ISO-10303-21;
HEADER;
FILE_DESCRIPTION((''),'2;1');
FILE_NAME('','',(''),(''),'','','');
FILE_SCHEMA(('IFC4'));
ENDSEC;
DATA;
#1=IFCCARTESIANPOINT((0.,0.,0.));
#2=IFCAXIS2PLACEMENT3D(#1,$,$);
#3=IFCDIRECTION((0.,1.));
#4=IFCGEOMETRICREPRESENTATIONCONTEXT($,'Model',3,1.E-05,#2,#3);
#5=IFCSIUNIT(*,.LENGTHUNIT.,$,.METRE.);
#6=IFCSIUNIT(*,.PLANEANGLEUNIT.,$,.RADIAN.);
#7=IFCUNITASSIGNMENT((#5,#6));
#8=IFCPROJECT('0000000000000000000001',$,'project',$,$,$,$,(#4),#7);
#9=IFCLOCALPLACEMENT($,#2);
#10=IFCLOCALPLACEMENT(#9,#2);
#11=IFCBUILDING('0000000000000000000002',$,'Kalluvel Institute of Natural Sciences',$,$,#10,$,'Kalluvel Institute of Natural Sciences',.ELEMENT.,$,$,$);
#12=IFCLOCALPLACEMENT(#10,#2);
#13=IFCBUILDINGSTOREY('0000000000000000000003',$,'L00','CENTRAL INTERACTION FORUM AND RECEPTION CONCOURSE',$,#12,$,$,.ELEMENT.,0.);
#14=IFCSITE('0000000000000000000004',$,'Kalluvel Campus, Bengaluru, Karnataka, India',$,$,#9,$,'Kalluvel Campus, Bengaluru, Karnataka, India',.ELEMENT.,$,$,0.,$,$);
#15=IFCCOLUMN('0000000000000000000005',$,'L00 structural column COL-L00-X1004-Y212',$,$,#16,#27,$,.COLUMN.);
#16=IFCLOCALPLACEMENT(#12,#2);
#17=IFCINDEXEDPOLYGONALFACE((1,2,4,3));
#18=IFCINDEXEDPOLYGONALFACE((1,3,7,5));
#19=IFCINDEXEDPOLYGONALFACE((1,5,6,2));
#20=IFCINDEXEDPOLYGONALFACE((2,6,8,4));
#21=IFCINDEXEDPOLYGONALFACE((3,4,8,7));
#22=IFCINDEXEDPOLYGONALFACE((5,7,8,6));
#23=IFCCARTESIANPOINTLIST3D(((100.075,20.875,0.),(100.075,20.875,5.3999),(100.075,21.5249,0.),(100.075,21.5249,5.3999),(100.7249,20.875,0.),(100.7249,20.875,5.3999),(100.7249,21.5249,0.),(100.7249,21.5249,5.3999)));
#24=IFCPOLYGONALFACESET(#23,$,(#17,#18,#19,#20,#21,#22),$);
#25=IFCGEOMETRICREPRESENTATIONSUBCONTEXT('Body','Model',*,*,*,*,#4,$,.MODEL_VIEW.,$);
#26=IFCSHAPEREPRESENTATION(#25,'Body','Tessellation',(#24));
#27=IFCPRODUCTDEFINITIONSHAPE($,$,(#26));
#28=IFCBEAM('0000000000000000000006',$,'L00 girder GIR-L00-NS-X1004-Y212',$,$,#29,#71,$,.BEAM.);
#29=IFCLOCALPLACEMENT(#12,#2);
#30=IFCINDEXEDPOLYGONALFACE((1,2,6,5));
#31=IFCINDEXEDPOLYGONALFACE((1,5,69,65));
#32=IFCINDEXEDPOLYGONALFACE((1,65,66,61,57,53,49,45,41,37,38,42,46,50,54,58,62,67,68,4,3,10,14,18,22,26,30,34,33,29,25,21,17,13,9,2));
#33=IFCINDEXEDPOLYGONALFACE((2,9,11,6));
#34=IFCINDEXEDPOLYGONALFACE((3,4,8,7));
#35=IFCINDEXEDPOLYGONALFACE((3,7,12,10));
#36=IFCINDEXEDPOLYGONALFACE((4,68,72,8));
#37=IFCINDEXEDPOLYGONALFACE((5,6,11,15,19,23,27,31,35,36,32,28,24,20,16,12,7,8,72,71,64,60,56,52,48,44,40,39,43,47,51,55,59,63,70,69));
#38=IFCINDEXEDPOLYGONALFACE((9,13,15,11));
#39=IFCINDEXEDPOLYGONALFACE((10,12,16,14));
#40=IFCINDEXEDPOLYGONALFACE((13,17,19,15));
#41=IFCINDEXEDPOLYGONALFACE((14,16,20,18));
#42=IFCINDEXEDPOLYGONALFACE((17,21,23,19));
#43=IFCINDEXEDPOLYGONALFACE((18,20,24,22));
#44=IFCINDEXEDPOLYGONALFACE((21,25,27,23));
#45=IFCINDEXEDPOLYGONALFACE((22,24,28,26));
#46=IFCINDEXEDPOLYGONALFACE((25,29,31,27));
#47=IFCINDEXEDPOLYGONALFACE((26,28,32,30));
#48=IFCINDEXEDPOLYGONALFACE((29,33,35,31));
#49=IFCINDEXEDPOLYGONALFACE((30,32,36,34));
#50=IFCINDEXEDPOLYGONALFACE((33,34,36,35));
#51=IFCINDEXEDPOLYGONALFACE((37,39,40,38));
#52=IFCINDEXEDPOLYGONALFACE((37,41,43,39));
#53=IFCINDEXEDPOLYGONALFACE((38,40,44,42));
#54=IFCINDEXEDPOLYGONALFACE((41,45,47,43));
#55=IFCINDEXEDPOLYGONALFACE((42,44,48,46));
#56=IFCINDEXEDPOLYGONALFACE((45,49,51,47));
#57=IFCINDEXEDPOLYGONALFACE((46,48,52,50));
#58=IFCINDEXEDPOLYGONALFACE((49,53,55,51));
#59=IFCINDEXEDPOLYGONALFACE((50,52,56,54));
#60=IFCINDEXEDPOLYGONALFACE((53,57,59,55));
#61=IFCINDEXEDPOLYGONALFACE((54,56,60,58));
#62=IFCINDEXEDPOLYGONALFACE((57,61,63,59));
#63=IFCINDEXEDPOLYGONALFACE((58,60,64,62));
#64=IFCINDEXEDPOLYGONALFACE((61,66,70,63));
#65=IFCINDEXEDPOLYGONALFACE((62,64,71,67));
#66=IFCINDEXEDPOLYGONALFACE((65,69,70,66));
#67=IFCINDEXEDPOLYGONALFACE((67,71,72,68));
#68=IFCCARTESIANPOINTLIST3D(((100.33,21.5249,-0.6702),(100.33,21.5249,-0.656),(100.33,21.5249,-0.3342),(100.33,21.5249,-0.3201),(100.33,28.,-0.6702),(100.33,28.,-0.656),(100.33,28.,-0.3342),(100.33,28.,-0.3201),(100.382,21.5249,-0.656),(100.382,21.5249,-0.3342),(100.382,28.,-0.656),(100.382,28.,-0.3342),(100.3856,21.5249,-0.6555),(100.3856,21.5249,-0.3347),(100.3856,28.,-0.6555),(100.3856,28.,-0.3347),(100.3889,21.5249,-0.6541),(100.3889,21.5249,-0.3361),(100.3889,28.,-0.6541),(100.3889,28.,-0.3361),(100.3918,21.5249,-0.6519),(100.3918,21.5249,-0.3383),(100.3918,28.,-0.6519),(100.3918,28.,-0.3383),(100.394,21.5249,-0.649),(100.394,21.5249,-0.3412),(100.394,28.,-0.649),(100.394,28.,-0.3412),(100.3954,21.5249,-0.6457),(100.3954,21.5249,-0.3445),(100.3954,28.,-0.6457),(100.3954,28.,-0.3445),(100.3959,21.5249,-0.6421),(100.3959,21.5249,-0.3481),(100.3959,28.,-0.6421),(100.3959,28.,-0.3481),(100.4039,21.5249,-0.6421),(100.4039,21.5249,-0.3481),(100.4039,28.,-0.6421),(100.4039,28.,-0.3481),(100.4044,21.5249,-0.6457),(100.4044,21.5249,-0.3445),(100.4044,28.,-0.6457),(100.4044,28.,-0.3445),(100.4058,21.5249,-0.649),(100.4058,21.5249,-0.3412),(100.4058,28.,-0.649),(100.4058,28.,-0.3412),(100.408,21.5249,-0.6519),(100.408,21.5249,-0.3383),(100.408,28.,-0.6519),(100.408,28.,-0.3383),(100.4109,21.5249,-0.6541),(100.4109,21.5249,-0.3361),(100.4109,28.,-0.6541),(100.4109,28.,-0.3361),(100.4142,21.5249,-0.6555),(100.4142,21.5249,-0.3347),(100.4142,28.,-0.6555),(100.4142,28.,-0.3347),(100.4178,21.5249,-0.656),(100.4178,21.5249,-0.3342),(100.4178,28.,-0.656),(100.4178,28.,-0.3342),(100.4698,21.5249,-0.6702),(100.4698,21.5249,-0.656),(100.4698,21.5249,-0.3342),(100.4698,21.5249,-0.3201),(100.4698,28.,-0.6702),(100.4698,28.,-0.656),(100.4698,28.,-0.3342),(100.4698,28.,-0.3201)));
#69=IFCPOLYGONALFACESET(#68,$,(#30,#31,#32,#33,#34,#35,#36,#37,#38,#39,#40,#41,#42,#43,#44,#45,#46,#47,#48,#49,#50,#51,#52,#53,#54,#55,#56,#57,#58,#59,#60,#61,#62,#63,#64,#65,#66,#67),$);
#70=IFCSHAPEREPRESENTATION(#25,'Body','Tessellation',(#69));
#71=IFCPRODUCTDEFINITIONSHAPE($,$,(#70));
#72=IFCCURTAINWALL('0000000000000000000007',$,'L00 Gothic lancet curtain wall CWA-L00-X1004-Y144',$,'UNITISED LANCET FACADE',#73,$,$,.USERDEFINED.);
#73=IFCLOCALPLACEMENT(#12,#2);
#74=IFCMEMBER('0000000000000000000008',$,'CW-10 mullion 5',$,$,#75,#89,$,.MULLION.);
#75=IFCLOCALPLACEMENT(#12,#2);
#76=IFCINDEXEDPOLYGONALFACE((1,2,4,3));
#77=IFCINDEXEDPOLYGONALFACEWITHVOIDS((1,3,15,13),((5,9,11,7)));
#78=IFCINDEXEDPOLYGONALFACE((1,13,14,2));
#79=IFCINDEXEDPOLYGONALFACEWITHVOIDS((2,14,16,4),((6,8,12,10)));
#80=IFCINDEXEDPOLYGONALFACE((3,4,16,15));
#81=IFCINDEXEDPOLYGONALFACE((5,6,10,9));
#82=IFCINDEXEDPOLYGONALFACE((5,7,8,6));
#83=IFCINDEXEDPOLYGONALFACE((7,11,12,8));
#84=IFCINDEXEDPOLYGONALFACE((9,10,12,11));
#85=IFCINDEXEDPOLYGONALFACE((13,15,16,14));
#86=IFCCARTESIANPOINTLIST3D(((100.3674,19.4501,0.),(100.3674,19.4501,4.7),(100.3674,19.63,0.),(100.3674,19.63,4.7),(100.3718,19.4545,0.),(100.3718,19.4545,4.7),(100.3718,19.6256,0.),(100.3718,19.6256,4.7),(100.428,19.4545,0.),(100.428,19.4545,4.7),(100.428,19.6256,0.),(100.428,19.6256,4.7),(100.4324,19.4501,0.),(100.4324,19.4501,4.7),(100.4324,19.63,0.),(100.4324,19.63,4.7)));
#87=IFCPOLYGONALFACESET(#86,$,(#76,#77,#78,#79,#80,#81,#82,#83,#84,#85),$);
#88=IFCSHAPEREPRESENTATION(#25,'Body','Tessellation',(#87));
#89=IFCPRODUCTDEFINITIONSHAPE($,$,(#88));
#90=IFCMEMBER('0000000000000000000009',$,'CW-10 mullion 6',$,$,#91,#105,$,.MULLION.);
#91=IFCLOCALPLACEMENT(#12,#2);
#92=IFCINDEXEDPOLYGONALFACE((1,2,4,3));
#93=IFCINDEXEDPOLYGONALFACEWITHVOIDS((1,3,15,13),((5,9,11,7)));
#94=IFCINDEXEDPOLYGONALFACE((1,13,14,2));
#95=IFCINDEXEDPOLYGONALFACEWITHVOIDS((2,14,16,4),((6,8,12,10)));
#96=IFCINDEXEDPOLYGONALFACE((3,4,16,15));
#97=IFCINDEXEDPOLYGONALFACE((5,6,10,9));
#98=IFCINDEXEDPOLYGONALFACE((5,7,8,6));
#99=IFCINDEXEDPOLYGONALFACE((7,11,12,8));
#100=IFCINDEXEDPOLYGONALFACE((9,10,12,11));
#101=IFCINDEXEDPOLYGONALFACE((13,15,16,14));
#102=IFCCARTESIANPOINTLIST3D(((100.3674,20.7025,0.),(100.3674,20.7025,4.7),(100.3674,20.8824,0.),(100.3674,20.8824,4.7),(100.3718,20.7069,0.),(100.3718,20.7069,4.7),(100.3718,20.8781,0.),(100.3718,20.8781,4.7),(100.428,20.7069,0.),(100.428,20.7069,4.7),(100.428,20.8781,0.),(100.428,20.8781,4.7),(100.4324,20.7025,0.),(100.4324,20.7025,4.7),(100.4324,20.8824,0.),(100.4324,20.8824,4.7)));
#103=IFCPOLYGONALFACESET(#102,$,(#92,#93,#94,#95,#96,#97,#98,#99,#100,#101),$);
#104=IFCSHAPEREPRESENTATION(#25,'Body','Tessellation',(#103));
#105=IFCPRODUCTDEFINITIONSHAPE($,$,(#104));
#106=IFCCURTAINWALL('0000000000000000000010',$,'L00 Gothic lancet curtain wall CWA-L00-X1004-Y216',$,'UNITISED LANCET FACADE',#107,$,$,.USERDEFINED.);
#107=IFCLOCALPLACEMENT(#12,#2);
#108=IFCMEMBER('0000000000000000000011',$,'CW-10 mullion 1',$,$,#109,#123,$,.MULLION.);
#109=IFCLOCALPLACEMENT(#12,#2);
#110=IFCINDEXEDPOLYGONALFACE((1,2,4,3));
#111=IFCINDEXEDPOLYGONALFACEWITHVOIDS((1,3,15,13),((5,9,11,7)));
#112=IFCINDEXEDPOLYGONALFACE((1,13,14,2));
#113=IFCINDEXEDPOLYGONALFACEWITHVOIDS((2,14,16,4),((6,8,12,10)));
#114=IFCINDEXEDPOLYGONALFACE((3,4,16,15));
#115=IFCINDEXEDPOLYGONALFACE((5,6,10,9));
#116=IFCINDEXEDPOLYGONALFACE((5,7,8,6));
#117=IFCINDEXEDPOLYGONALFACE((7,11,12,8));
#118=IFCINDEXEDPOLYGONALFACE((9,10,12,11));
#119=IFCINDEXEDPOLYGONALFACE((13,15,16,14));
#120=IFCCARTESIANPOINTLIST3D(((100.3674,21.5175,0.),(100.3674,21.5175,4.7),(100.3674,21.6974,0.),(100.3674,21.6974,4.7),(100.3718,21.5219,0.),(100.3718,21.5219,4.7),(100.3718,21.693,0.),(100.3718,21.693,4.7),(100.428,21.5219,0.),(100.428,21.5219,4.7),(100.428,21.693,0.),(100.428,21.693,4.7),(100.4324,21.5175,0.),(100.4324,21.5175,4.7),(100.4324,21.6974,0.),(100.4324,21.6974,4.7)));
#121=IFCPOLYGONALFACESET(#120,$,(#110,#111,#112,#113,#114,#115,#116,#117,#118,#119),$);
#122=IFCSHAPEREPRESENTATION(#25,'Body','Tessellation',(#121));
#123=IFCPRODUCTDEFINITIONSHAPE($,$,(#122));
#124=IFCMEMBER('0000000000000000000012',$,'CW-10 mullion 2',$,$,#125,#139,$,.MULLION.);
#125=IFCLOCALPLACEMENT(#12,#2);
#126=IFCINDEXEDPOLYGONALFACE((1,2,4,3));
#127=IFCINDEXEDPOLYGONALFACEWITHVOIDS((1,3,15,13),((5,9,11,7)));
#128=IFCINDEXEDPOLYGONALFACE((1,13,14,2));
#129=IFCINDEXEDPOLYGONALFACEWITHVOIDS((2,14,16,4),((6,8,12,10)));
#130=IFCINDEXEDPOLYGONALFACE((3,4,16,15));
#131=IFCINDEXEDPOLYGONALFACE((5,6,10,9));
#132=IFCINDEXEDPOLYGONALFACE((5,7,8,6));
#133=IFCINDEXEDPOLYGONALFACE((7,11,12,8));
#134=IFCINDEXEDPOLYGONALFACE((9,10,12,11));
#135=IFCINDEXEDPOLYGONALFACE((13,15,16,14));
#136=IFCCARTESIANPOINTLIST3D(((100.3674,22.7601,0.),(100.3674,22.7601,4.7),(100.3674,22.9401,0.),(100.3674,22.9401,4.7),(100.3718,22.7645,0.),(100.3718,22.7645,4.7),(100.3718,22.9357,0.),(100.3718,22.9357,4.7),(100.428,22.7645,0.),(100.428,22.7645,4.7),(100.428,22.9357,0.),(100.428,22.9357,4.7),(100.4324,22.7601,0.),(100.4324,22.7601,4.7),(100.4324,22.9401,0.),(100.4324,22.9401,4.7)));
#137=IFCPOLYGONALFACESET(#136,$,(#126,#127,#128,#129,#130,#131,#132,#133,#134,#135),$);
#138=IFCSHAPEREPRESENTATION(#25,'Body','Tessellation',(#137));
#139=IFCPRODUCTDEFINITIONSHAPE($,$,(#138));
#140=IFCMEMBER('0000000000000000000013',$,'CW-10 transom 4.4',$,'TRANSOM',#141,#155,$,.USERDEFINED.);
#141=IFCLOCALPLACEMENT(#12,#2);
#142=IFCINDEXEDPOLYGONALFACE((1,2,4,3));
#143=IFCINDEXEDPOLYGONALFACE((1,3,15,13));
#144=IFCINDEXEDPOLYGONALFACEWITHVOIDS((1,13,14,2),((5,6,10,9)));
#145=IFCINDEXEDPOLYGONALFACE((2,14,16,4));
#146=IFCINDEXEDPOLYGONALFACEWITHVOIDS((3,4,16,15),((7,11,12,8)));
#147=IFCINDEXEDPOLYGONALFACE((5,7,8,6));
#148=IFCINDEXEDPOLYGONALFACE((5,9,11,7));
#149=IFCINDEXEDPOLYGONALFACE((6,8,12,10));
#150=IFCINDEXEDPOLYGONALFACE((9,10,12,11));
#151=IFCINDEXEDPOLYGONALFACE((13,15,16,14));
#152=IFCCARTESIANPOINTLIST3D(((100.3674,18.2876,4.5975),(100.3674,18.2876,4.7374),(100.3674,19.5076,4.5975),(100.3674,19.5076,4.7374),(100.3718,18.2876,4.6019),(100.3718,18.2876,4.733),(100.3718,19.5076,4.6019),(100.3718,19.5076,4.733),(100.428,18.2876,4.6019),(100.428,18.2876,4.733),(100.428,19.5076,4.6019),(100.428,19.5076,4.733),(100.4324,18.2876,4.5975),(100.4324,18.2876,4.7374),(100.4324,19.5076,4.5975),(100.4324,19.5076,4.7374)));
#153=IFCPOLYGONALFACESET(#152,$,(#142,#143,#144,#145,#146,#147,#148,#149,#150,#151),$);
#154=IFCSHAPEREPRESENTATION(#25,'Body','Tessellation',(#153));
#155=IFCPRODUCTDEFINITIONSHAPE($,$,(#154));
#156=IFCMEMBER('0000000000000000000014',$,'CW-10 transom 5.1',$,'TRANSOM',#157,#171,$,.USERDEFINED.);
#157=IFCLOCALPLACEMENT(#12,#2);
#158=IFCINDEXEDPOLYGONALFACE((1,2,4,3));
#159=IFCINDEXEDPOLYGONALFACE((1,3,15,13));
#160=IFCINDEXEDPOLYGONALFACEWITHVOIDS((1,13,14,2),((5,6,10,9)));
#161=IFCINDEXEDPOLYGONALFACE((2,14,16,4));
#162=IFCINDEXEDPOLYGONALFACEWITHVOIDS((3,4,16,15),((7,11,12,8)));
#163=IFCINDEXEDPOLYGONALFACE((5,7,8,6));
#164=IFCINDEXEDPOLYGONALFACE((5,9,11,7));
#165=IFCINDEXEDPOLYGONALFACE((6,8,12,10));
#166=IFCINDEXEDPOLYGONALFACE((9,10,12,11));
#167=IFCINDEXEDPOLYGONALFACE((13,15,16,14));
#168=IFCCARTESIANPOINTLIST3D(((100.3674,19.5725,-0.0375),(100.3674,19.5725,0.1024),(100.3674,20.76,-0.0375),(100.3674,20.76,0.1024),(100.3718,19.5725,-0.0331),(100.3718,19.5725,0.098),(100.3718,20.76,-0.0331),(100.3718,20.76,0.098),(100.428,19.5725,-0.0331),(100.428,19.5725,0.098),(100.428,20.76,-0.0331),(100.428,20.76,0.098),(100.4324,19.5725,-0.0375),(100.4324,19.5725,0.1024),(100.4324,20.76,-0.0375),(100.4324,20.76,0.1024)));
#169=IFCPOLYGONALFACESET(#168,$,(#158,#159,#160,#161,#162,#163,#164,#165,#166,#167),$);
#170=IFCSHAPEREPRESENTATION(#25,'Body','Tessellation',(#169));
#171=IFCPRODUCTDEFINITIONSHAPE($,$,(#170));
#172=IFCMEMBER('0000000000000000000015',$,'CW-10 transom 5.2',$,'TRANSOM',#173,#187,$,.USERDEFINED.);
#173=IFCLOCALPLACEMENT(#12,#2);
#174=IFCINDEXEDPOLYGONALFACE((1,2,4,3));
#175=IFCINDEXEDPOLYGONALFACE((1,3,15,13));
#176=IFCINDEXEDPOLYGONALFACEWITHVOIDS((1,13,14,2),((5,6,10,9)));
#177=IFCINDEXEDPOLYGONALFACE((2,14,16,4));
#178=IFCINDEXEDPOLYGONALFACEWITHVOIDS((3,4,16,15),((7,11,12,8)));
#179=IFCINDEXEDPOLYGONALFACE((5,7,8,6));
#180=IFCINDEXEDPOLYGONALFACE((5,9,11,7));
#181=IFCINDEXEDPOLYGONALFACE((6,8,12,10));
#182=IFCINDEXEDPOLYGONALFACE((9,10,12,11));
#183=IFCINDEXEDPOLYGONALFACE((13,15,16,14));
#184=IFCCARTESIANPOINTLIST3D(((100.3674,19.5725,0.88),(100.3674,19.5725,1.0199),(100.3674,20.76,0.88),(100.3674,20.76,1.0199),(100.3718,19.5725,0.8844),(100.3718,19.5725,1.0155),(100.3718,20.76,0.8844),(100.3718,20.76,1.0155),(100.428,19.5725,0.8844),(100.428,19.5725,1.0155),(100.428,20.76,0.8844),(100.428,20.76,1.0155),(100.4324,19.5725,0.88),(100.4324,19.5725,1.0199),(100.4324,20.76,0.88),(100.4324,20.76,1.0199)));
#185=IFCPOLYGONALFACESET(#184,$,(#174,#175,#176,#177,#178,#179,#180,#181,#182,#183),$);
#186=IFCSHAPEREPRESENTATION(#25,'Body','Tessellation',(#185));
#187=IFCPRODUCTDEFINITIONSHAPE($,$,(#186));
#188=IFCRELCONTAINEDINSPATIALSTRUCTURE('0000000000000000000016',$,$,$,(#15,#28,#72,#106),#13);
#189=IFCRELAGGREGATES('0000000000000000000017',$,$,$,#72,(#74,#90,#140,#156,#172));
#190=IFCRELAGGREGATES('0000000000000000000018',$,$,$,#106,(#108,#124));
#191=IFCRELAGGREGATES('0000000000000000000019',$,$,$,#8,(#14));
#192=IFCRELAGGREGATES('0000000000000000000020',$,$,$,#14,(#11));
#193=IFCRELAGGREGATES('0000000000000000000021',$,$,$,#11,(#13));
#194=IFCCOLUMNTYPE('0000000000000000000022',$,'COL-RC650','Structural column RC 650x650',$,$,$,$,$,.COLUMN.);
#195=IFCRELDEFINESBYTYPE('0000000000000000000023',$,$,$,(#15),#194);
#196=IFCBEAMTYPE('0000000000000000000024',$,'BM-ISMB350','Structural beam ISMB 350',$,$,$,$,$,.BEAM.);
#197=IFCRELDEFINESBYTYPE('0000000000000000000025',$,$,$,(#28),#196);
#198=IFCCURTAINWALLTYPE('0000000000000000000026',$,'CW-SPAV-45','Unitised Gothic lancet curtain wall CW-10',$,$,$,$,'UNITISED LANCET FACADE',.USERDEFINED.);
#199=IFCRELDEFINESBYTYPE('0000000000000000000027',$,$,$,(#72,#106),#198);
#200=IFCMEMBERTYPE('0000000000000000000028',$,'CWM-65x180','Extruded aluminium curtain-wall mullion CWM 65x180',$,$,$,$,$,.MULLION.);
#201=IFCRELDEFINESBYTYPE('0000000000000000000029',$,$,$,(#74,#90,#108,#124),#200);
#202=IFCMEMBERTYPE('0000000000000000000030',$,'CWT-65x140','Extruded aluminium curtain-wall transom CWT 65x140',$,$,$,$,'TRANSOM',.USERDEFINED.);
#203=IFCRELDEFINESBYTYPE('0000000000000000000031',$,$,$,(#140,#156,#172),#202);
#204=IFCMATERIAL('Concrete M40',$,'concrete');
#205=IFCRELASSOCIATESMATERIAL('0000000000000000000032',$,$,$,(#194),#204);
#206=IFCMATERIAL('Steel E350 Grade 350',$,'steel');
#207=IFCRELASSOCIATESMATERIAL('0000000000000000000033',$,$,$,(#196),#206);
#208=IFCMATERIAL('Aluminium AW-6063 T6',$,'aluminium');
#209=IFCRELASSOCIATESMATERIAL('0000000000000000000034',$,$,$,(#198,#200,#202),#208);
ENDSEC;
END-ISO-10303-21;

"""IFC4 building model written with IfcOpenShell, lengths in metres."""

from ifc_helpers import new_model, si_unit, direction, frame, origin, origin_2d, place, context, subcontext, project, spatial, rectangle, hollow_rectangle, i_section, extrude, material, material_profile, profile_set, type_object, element, aggregate, save


model = new_model("IFC4")

# Units and contexts
model_context = context("Model", 3, precision=1e-05, world=origin(), true_north=direction((0.0, 1.0)))
body_context = subcontext(model_context, "Body", "Model", "MODEL_VIEW")
ifc_project = project(units=[si_unit("LENGTHUNIT", "METRE"), si_unit("PLANEANGLEUNIT", "RADIAN")], contexts=[model_context])

# Site, building, storey
site_placement = place(None, origin())
site = spatial("IfcSite", under=ifc_project, at=site_placement, Name="Kalluvel Campus, Bengaluru, Karnataka, India", LongName="Kalluvel Campus, Bengaluru, Karnataka, India", CompositionType="ELEMENT", RefElevation=0.0)
building_placement = place(site_placement, origin())
building = spatial("IfcBuilding", under=site, at=building_placement, Name="Kalluvel Institute of Natural Sciences", LongName="Kalluvel Institute of Natural Sciences", CompositionType="ELEMENT")
storey_placement = place(building_placement, origin())
storey = spatial("IfcBuildingStorey", under=building, at=storey_placement, Name="L00", Description="CENTRAL INTERACTION FORUM AND RECEPTION CONCOURSE", CompositionType="ELEMENT", Elevation=0.0)

# Column
ifc_material_1 = material(Name="Concrete M40", Category="concrete")
ifc_material_profile_1 = material_profile(ifc_material_1, rectangle(XDim=0.6499, YDim=0.6499, at=origin_2d()), Name="RC 650x650")
ifc_profile_set_1 = profile_set([ifc_material_profile_1], Name="Concrete M40")
column_type = type_object("IfcColumnType", Name="COL-RC650", Description="Structural column RC 650x650", PredefinedType="COLUMN", material=ifc_profile_set_1)
column_placement = place(storey_placement, frame((100.3999, 21.2, 0.0), z_axis=(0.0, 0.0, 1.0), x_axis=(1.0, 0.0, 0.0)))
element("IfcColumn", 1, at=column_placement, inside=storey, type_object=column_type, Name="L00 structural column COL-L00-X1004-Y212", PredefinedType="COLUMN", context=body_context, shape_type="SweptSolid", body=[
    extrude(rectangle(XDim=0.6499, YDim=0.6499, at=origin_2d()), origin(), (0.0, 0.0, 1.0), 5.3999),
])

# Beam
ifc_material_2 = material(Name="Steel E350 Grade 350", Category="steel")
ifc_material_profile_2 = material_profile(ifc_material_2, i_section(OverallWidth=0.1399, OverallDepth=0.3501, WebThickness=0.0081, FlangeThickness=0.0142, FilletRadius=0.0139, at=origin_2d()), Name="ISMB 350")
ifc_profile_set_2 = profile_set([ifc_material_profile_2], Name="Steel E350 Grade 350")
beam_type = type_object("IfcBeamType", Name="BM-ISMB350", Description="Structural beam ISMB 350", PredefinedType="BEAM", material=ifc_profile_set_2)
beam_placement = place(storey_placement, frame((100.3999, 21.5249, -0.4951), z_axis=(0.0, 1.0, 0.0), x_axis=(-1.0, 0.0, 0.0)))
element("IfcBeam", 2, at=beam_placement, inside=storey, type_object=beam_type, Name="L00 girder GIR-L00-NS-X1004-Y212", PredefinedType="BEAM", context=body_context, shape_type="SweptSolid", body=[
    extrude(i_section(OverallWidth=0.1399, OverallDepth=0.3501, WebThickness=0.0081, FlangeThickness=0.0142, FilletRadius=0.0139, at=origin_2d()), origin(), (0.0, 0.0, 1.0), 6.4751),
])

# Curtain walls, members
ifc_material_3 = material(Name="Aluminium AW-6063 T6", Category="aluminium")
curtain_wall_type = type_object("IfcCurtainWallType", Name="CW-SPAV-45", Description="Unitised Gothic lancet curtain wall CW-10", ElementType="UNITISED LANCET FACADE", PredefinedType="USERDEFINED", material=ifc_material_3)
curtain_wall_1_placement = place(storey_placement, origin())
curtain_wall_1 = element("IfcCurtainWall", 3, at=curtain_wall_1_placement, inside=storey, type_object=curtain_wall_type, Name="L00 Gothic lancet curtain wall CWA-L00-X1004-Y144", ObjectType="UNITISED LANCET FACADE", PredefinedType="USERDEFINED")
ifc_material_profile_3 = material_profile(ifc_material_3, hollow_rectangle(XDim=0.0649, YDim=0.1799, WallThickness=0.0044, at=origin_2d()), Name="CWM 65x180")
ifc_profile_set_3 = profile_set([ifc_material_profile_3], Name="Aluminium AW-6063 T6")
member_type_1 = type_object("IfcMemberType", Name="CWM-65x180", Description="Extruded aluminium curtain-wall mullion CWM 65x180", PredefinedType="MULLION", material=ifc_profile_set_3)
member_1_placement = place(storey_placement, frame((100.3999, 19.54, 0.0), z_axis=(0.0, 0.0, 1.0), x_axis=(-1.0, 0.0, 0.0)))
member_1 = element("IfcMember", 4, at=member_1_placement, type_object=member_type_1, Name="CW-10 mullion 5", PredefinedType="MULLION", context=body_context, shape_type="SweptSolid", body=[
    extrude(hollow_rectangle(XDim=0.0649, YDim=0.1799, WallThickness=0.0044, at=origin_2d()), origin(), (0.0, 0.0, 1.0), 4.7),
])
member_2_placement = place(storey_placement, frame((100.3999, 20.7925, 0.0), z_axis=(0.0, 0.0, 1.0), x_axis=(-1.0, 0.0, 0.0)))
member_2 = element("IfcMember", 5, at=member_2_placement, type_object=member_type_1, Name="CW-10 mullion 6", PredefinedType="MULLION", context=body_context, shape_type="SweptSolid", body=[
    extrude(hollow_rectangle(XDim=0.0649, YDim=0.1799, WallThickness=0.0044, at=origin_2d()), origin(), (0.0, 0.0, 1.0), 4.7),
])
curtain_wall_2_placement = place(storey_placement, origin())
curtain_wall_2 = element("IfcCurtainWall", 6, at=curtain_wall_2_placement, inside=storey, type_object=curtain_wall_type, Name="L00 Gothic lancet curtain wall CWA-L00-X1004-Y216", ObjectType="UNITISED LANCET FACADE", PredefinedType="USERDEFINED")
member_3_placement = place(storey_placement, frame((100.3999, 21.6074, 0.0), z_axis=(0.0, 0.0, 1.0), x_axis=(-1.0, 0.0, 0.0)))
member_3 = element("IfcMember", 7, at=member_3_placement, type_object=member_type_1, Name="CW-10 mullion 1", PredefinedType="MULLION", context=body_context, shape_type="SweptSolid", body=[
    extrude(hollow_rectangle(XDim=0.0649, YDim=0.1799, WallThickness=0.0044, at=origin_2d()), origin(), (0.0, 0.0, 1.0), 4.7),
])
member_4_placement = place(storey_placement, frame((100.3999, 22.8501, 0.0), z_axis=(0.0, 0.0, 1.0), x_axis=(-1.0, 0.0, 0.0)))
member_4 = element("IfcMember", 8, at=member_4_placement, type_object=member_type_1, Name="CW-10 mullion 2", PredefinedType="MULLION", context=body_context, shape_type="SweptSolid", body=[
    extrude(hollow_rectangle(XDim=0.0649, YDim=0.1799, WallThickness=0.0044, at=origin_2d()), origin(), (0.0, 0.0, 1.0), 4.7),
])

# Members
ifc_material_profile_4 = material_profile(ifc_material_3, hollow_rectangle(XDim=0.0649, YDim=0.1399, WallThickness=0.0044, at=origin_2d()), Name="CWT 65x140")
ifc_profile_set_4 = profile_set([ifc_material_profile_4], Name="Aluminium AW-6063 T6")
member_type_2 = type_object("IfcMemberType", Name="CWT-65x140", Description="Extruded aluminium curtain-wall transom CWT 65x140", ElementType="TRANSOM", PredefinedType="USERDEFINED", material=ifc_profile_set_4)
member_5_placement = place(storey_placement, frame((100.3999, 18.2876, 4.6675), z_axis=(0.0, 1.0, 0.0), x_axis=(-1.0, 0.0, 0.0)))
member_5 = element("IfcMember", 9, at=member_5_placement, type_object=member_type_2, Name="CW-10 transom 4.4", ObjectType="TRANSOM", PredefinedType="USERDEFINED", context=body_context, shape_type="SweptSolid", body=[
    extrude(hollow_rectangle(XDim=0.0649, YDim=0.1399, WallThickness=0.0044, at=origin_2d()), origin(), (0.0, 0.0, 1.0), 1.22),
])
member_6_placement = place(storey_placement, frame((100.3999, 19.5725, 0.0325), z_axis=(0.0, 1.0, 0.0), x_axis=(-1.0, 0.0, 0.0)))
member_6 = element("IfcMember", 10, at=member_6_placement, type_object=member_type_2, Name="CW-10 transom 5.1", ObjectType="TRANSOM", PredefinedType="USERDEFINED", context=body_context, shape_type="SweptSolid", body=[
    extrude(hollow_rectangle(XDim=0.0649, YDim=0.1399, WallThickness=0.0044, at=origin_2d()), origin(), (0.0, 0.0, 1.0), 1.1875),
])
member_7_placement = place(storey_placement, frame((100.3999, 19.5725, 0.95), z_axis=(0.0, 1.0, 0.0), x_axis=(-1.0, 0.0, 0.0)))
member_7 = element("IfcMember", 11, at=member_7_placement, type_object=member_type_2, Name="CW-10 transom 5.2", ObjectType="TRANSOM", PredefinedType="USERDEFINED", context=body_context, shape_type="SweptSolid", body=[
    extrude(hollow_rectangle(XDim=0.0649, YDim=0.1399, WallThickness=0.0044, at=origin_2d()), origin(), (0.0, 0.0, 1.0), 1.1875),
])

aggregate(curtain_wall_1, [member_1, member_2, member_5, member_6, member_7])
aggregate(curtain_wall_2, [member_3, member_4])

save(model, "model.ifc")
